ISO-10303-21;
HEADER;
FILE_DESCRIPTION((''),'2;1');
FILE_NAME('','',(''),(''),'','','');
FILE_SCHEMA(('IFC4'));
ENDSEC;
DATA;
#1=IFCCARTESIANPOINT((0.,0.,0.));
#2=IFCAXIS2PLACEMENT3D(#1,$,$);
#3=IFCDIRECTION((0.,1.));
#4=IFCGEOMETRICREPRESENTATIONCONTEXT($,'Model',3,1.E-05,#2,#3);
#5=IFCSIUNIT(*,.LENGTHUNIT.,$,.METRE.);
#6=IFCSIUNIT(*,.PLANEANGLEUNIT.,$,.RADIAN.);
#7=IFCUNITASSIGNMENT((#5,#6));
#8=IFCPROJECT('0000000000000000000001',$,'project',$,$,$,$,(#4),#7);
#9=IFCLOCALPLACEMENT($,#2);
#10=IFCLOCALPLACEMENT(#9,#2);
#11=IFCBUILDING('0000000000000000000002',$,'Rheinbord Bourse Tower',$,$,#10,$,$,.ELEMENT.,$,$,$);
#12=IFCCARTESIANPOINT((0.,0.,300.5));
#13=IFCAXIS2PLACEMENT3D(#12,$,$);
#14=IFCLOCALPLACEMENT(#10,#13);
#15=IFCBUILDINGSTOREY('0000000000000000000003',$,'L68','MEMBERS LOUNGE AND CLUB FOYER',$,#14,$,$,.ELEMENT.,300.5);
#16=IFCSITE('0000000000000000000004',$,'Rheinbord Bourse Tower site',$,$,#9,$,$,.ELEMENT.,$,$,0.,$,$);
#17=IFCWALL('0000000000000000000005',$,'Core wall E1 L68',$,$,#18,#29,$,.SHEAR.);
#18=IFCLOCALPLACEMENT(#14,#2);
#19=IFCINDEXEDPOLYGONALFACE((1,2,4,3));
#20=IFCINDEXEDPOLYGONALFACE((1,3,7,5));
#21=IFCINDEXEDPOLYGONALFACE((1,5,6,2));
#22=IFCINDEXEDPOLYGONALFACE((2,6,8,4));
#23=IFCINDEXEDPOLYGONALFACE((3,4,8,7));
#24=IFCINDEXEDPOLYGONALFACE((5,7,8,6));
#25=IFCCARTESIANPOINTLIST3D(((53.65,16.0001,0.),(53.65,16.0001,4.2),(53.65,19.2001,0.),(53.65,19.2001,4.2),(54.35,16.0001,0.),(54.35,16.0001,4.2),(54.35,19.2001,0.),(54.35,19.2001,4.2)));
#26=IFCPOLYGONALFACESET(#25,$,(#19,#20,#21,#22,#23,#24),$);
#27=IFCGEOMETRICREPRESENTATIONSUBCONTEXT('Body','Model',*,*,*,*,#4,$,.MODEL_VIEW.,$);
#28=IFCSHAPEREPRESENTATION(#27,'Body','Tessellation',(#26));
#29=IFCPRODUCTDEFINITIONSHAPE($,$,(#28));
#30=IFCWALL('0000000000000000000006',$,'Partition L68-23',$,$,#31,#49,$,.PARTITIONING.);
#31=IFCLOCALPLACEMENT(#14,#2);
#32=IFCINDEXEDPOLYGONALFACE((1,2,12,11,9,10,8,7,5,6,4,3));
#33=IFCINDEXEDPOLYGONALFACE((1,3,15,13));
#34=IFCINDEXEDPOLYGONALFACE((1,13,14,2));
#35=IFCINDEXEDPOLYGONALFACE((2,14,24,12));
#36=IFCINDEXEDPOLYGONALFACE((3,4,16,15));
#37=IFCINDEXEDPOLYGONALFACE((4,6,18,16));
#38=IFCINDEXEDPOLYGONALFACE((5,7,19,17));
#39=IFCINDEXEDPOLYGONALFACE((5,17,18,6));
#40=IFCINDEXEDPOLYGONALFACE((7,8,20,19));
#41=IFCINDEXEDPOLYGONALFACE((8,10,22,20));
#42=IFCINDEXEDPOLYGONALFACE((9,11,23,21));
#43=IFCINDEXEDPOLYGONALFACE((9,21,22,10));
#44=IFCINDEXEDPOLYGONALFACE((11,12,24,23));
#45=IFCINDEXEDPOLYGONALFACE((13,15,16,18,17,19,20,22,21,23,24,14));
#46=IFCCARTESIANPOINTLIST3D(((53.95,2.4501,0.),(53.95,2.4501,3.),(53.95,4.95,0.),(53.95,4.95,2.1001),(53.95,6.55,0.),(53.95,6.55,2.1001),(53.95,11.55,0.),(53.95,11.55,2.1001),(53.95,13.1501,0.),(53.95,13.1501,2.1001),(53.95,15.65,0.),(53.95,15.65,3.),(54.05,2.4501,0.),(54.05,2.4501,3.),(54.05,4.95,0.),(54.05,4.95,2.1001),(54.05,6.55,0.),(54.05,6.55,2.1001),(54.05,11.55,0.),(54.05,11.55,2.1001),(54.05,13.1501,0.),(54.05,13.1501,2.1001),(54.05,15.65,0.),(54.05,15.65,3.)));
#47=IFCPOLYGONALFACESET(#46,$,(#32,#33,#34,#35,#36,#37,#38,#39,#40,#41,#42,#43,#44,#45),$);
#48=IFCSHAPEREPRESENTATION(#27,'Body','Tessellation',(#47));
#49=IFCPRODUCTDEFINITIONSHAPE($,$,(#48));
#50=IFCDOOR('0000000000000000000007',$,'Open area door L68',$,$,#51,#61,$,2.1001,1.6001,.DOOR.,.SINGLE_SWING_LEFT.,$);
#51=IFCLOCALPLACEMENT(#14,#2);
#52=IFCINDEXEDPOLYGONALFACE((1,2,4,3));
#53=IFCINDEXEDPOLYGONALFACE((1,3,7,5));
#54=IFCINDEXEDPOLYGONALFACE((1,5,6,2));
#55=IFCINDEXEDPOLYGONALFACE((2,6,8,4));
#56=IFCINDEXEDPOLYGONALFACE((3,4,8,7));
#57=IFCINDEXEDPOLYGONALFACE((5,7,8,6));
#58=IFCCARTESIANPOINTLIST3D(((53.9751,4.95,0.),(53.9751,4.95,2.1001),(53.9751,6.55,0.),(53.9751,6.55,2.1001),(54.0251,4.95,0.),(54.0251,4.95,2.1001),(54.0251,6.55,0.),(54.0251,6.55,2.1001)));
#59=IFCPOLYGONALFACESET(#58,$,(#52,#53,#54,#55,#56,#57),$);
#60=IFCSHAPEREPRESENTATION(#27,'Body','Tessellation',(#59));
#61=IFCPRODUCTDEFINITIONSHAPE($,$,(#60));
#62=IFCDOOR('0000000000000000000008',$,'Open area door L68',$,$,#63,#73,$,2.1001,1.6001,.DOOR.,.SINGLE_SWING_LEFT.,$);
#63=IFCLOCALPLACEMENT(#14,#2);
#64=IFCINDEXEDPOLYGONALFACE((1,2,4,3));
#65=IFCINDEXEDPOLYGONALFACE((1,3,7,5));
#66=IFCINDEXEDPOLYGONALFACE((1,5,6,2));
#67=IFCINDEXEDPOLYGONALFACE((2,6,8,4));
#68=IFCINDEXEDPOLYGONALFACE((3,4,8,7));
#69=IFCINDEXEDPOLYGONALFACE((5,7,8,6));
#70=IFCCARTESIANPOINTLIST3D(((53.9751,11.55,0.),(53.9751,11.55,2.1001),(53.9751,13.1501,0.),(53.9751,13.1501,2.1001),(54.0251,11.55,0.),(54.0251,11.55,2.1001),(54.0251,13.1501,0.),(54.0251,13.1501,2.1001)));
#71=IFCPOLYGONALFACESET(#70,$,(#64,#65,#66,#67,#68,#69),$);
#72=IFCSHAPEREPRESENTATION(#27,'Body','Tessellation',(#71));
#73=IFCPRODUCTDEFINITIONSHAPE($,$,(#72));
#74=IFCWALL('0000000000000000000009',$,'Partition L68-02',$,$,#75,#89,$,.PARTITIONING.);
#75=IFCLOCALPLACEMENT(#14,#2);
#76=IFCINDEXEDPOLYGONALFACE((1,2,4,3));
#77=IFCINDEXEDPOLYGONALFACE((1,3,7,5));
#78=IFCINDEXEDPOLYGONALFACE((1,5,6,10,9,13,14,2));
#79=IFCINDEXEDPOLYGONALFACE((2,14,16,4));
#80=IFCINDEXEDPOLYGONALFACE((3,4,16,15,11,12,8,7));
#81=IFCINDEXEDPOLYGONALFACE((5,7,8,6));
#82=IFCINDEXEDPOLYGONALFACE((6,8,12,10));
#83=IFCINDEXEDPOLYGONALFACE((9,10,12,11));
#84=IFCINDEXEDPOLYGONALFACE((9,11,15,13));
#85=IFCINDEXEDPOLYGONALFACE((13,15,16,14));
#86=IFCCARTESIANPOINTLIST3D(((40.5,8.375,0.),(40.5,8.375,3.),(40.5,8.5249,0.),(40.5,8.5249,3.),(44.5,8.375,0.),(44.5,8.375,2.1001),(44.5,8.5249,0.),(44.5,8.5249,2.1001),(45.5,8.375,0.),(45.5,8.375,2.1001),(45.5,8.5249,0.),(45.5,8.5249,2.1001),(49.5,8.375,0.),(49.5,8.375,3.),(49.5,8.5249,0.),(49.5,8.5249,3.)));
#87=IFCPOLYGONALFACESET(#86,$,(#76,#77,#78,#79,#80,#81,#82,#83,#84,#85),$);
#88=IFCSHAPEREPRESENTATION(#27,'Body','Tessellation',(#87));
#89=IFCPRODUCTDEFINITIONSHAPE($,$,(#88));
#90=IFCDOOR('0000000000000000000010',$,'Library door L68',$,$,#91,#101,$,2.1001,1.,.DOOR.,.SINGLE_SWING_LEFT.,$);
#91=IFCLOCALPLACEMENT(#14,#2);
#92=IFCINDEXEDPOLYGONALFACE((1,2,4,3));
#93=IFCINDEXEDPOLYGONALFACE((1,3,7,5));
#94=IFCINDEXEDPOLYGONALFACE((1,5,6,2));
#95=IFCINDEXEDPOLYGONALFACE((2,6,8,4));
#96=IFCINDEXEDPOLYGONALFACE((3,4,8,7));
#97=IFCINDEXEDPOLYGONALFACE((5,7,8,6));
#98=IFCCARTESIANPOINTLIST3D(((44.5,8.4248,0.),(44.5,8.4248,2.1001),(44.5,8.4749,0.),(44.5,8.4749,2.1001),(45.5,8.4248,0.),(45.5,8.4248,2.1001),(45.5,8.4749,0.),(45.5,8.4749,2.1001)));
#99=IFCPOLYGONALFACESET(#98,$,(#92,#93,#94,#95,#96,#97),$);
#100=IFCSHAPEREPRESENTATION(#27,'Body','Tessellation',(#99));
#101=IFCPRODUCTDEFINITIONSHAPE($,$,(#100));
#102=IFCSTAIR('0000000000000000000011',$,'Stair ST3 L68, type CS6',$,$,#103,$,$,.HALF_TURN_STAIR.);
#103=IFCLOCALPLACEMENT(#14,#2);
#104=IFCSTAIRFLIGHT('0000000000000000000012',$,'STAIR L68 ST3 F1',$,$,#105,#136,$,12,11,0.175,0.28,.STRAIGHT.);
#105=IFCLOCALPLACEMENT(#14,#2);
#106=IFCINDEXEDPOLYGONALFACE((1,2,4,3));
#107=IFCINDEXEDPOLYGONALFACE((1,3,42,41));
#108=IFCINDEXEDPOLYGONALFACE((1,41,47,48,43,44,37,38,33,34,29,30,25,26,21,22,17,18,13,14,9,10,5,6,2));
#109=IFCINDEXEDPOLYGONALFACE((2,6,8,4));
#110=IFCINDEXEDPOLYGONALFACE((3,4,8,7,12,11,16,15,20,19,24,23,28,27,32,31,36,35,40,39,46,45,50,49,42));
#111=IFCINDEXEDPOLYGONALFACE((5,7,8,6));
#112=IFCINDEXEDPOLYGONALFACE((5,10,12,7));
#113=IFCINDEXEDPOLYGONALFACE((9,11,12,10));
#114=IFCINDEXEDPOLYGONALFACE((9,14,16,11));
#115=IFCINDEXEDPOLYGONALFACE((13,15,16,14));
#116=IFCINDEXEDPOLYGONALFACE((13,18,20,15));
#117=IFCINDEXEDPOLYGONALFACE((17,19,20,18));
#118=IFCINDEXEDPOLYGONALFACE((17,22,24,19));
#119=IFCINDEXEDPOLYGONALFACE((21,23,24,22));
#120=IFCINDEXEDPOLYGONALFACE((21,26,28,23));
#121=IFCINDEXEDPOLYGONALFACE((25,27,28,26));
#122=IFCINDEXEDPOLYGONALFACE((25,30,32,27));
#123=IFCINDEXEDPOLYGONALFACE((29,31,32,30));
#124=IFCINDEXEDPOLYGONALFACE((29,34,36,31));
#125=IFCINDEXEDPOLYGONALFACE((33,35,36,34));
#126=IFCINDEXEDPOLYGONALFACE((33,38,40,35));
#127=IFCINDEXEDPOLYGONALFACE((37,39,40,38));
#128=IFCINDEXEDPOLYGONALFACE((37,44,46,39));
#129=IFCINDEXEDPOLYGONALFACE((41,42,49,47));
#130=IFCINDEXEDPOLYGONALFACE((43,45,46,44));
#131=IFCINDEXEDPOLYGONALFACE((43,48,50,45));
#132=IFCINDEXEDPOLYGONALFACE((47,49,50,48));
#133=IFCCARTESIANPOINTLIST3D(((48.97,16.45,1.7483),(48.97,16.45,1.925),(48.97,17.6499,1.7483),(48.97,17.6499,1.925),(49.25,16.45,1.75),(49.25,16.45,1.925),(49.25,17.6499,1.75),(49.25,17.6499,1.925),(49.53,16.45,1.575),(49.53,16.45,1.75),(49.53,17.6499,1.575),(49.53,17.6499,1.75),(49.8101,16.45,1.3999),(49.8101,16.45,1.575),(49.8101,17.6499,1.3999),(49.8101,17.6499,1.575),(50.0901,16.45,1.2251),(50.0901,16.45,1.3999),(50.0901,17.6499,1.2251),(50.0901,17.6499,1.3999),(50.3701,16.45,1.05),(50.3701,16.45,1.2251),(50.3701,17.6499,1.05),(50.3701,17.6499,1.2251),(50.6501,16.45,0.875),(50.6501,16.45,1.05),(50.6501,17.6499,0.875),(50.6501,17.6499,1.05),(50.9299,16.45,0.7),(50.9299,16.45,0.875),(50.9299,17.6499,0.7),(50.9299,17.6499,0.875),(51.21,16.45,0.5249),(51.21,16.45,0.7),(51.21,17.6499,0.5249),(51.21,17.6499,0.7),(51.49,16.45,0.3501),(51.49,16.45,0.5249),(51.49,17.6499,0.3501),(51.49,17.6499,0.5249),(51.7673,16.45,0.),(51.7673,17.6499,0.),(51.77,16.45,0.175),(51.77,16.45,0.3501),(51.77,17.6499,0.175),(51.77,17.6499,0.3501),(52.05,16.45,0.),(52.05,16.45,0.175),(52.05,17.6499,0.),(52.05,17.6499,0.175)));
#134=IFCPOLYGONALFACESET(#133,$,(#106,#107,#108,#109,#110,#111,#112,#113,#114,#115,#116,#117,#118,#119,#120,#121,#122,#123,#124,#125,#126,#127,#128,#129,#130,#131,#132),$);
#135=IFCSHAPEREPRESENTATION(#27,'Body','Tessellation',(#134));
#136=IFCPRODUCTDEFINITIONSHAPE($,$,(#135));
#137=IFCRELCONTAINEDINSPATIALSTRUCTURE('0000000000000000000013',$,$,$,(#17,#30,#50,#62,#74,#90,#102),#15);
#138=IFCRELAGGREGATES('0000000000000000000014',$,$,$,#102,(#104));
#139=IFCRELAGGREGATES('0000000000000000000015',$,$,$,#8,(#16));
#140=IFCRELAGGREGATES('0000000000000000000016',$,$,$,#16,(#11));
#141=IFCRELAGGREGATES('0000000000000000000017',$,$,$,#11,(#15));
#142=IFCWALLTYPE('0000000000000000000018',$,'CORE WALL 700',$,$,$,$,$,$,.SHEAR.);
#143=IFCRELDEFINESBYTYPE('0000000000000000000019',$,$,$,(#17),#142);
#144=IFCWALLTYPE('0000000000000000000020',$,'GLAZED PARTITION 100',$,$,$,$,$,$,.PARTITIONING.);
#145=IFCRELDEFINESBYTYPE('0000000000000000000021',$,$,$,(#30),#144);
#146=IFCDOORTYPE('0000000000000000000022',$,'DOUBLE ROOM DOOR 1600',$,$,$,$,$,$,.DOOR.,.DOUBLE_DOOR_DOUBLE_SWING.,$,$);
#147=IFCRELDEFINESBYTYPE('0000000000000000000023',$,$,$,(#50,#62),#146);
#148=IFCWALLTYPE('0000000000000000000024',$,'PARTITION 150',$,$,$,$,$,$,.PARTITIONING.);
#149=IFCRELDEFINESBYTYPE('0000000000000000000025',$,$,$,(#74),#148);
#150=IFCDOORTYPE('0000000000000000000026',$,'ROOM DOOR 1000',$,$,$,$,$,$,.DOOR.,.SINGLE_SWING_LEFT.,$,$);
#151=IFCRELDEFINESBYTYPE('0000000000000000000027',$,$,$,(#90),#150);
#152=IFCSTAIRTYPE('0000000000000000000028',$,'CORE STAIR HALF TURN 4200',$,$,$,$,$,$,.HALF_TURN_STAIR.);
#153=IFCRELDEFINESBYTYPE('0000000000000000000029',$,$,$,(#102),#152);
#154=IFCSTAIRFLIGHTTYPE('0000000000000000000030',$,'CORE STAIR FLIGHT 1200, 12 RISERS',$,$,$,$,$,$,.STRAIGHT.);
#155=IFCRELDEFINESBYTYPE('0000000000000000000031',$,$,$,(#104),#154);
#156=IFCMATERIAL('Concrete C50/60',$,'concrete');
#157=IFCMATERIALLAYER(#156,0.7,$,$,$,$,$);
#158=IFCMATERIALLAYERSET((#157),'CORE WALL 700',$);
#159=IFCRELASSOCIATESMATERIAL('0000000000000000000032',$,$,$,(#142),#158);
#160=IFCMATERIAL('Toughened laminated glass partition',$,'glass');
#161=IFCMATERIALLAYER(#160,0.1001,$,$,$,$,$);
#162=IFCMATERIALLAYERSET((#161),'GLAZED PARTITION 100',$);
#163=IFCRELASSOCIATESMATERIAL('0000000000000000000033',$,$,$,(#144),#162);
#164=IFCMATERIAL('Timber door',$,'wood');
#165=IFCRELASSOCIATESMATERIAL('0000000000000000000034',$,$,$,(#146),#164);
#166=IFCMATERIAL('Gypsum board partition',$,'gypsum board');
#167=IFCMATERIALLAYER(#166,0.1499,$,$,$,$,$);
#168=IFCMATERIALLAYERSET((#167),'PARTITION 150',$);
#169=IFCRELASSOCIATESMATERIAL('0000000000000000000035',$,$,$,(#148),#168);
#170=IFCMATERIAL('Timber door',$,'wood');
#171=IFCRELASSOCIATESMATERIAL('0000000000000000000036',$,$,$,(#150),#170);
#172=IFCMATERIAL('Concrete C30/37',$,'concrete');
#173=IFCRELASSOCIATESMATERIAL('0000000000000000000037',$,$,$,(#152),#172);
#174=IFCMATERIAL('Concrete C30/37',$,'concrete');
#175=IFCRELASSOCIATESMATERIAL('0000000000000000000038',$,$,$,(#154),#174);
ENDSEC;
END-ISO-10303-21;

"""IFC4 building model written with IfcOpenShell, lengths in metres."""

from ifc_helpers import new_model, si_unit, direction, frame, frame_2d, origin, place, context, subcontext, project, spatial, polyline, rectangle, outline, extrude, material, layer, layer_set, type_object, element, fill, aggregate, save


model = new_model("IFC4")

# Units and contexts
model_context = context("Model", 3, precision=1e-05, world=origin(), true_north=direction((0.0, 1.0)))
body_context = subcontext(model_context, "Body", "Model", "MODEL_VIEW")
ifc_project = project(units=[si_unit("LENGTHUNIT", "METRE"), si_unit("PLANEANGLEUNIT", "RADIAN")], contexts=[model_context])

# Site, building, storey
site_placement = place(None, origin())
site = spatial("IfcSite", under=ifc_project, at=site_placement, Name="Rheinbord Bourse Tower site", CompositionType="ELEMENT", RefElevation=0.0)
building_placement = place(site_placement, origin())
building = spatial("IfcBuilding", under=site, at=building_placement, Name="Rheinbord Bourse Tower", CompositionType="ELEMENT")
storey_placement = place(building_placement, frame((0.0, 0.0, 300.5)))
storey = spatial("IfcBuildingStorey", under=building, at=storey_placement, Name="L68", Description="MEMBERS LOUNGE AND CLUB FOYER", CompositionType="ELEMENT", Elevation=300.5)

# Wall
ifc_material_1 = material(Name="Concrete C50/60", Category="concrete")
ifc_layer_1 = layer(ifc_material_1, 0.7)
ifc_layer_set_1 = layer_set([ifc_layer_1], Name="CORE WALL 700")
wall_type_1 = type_object("IfcWallType", Name="CORE WALL 700", PredefinedType="SHEAR", material=ifc_layer_set_1)
wall_1_placement = place(storey_placement, frame((54.0, 16.0, 0.0), z_axis=(0.0, 0.0, 1.0), x_axis=(0.0, 1.0, 0.0)))
element("IfcWall", 1, at=wall_1_placement, inside=storey, type_object=wall_type_1, Name="Core wall E1 L68", PredefinedType="SHEAR", context=body_context, shape_type="SweptSolid", body=[
    extrude(rectangle(XDim=3.2, YDim=0.7, at=frame_2d((1.6001, 0.0))), origin(), (0.0, 0.0, 1.0), 4.2),
])

# Wall, openings, doors
ifc_material_2 = material(Name="Toughened laminated glass partition", Category="glass")
ifc_layer_2 = layer(ifc_material_2, 0.1001)
ifc_layer_set_2 = layer_set([ifc_layer_2], Name="GLAZED PARTITION 100")
wall_type_2 = type_object("IfcWallType", Name="GLAZED PARTITION 100", PredefinedType="PARTITIONING", material=ifc_layer_set_2)
wall_2_placement = place(storey_placement, frame((54.0, 2.45, 0.0), z_axis=(0.0, 0.0, 1.0), x_axis=(0.0, 1.0, 0.0)))
wall_2 = element("IfcWall", 2, at=wall_2_placement, inside=storey, type_object=wall_type_2, Name="Partition L68-23", PredefinedType="PARTITIONING", context=body_context, shape_type="SweptSolid", body=[
    extrude(rectangle(XDim=13.2, YDim=0.1001, at=frame_2d((6.6001, 0.0))), origin(), (0.0, 0.0, 1.0), 3.0),
])
opening_1_placement = place(wall_2_placement, frame((2.5, 0.0, 0.0)))
opening_1 = element("IfcOpeningElement", 3, at=opening_1_placement, cuts=wall_2, PredefinedType="OPENING", context=body_context, shape_type="SweptSolid", body=[
    extrude(rectangle(XDim=1.6001, YDim=2.1001, at=frame_2d((0.8, 1.05))), frame((0.0, 0.0601, 0.0), z_axis=(0.0, -1.0, 0.0), x_axis=(1.0, 0.0, 0.0)), (0.0, 0.0, 1.0), 0.1201),
])
opening_2_placement = place(wall_2_placement, frame((9.1001, 0.0, 0.0)))
opening_2 = element("IfcOpeningElement", 4, at=opening_2_placement, cuts=wall_2, PredefinedType="OPENING", context=body_context, shape_type="SweptSolid", body=[
    extrude(rectangle(XDim=1.6001, YDim=2.1001, at=frame_2d((0.8, 1.05))), frame((0.0, 0.0601, 0.0), z_axis=(0.0, -1.0, 0.0), x_axis=(1.0, 0.0, 0.0)), (0.0, 0.0, 1.0), 0.1201),
])
ifc_material_3 = material(Name="Timber door", Category="wood")
door_type_1 = type_object("IfcDoorType", Name="DOUBLE ROOM DOOR 1600", OperationType="DOUBLE_DOOR_DOUBLE_SWING", PredefinedType="DOOR", material=ifc_material_3)
door_1_placement = place(opening_1_placement, origin())
door_1 = element("IfcDoor", 5, at=door_1_placement, inside=storey, type_object=door_type_1, Name="Open area door L68", OperationType="SINGLE_SWING_LEFT", OverallHeight=2.1001, OverallWidth=1.6001, PredefinedType="DOOR", context=body_context, shape_type="SweptSolid", body=[
    extrude(rectangle(XDim=1.6001, YDim=2.1001, at=frame_2d((0.8, 1.05))), frame((0.0, 0.0249, 0.0), z_axis=(0.0, -1.0, 0.0), x_axis=(1.0, 0.0, 0.0)), (0.0, 0.0, 1.0), 0.05),
])
fill(opening_1, door_1)
door_2_placement = place(opening_2_placement, origin())
door_2 = element("IfcDoor", 6, at=door_2_placement, inside=storey, type_object=door_type_1, Name="Open area door L68", OperationType="SINGLE_SWING_LEFT", OverallHeight=2.1001, OverallWidth=1.6001, PredefinedType="DOOR", context=body_context, shape_type="SweptSolid", body=[
    extrude(rectangle(XDim=1.6001, YDim=2.1001, at=frame_2d((0.8, 1.05))), frame((0.0, 0.0249, 0.0), z_axis=(0.0, -1.0, 0.0), x_axis=(1.0, 0.0, 0.0)), (0.0, 0.0, 1.0), 0.05),
])
fill(opening_2, door_2)

# Wall, opening, door
ifc_material_4 = material(Name="Gypsum board partition", Category="gypsum board")
ifc_layer_3 = layer(ifc_material_4, 0.1499)
ifc_layer_set_3 = layer_set([ifc_layer_3], Name="PARTITION 150")
wall_type_3 = type_object("IfcWallType", Name="PARTITION 150", PredefinedType="PARTITIONING", material=ifc_layer_set_3)
wall_3_placement = place(storey_placement, frame((40.5, 8.45, 0.0), z_axis=(0.0, 0.0, 1.0), x_axis=(1.0, 0.0, 0.0)))
wall_3 = element("IfcWall", 7, at=wall_3_placement, inside=storey, type_object=wall_type_3, Name="Partition L68-02", PredefinedType="PARTITIONING", context=body_context, shape_type="SweptSolid", body=[
    extrude(rectangle(XDim=9.0, YDim=0.1499, at=frame_2d((4.5, 0.0))), origin(), (0.0, 0.0, 1.0), 3.0),
])
opening_3_placement = place(wall_3_placement, frame((4.0, 0.0, 0.0)))
opening_3 = element("IfcOpeningElement", 8, at=opening_3_placement, cuts=wall_3, PredefinedType="OPENING", context=body_context, shape_type="SweptSolid", body=[
    extrude(rectangle(XDim=1.0, YDim=2.1001, at=frame_2d((0.5, 1.05))), frame((0.0, 0.085, 0.0), z_axis=(0.0, -1.0, 0.0), x_axis=(1.0, 0.0, 0.0)), (0.0, 0.0, 1.0), 0.1699),
])
ifc_material_5 = material(Name="Timber door", Category="wood")
door_type_2 = type_object("IfcDoorType", Name="ROOM DOOR 1000", OperationType="SINGLE_SWING_LEFT", PredefinedType="DOOR", material=ifc_material_5)
door_3_placement = place(opening_3_placement, origin())
door_3 = element("IfcDoor", 9, at=door_3_placement, inside=storey, type_object=door_type_2, Name="Library door L68", OperationType="SINGLE_SWING_LEFT", OverallHeight=2.1001, OverallWidth=1.0, PredefinedType="DOOR", context=body_context, shape_type="SweptSolid", body=[
    extrude(rectangle(XDim=1.0, YDim=2.1001, at=frame_2d((0.5, 1.05))), frame((0.0, 0.0249, 0.0), z_axis=(0.0, -1.0, 0.0), x_axis=(1.0, 0.0, 0.0)), (0.0, 0.0, 1.0), 0.05),
])
fill(opening_3, door_3)

# Stair, stair flight
ifc_material_6 = material(Name="Concrete C30/37", Category="concrete")
stair_type = type_object("IfcStairType", Name="CORE STAIR HALF TURN 4200", PredefinedType="HALF_TURN_STAIR", material=ifc_material_6)
stair_placement = place(storey_placement, origin())
stair = element("IfcStair", 10, at=stair_placement, inside=storey, type_object=stair_type, Name="Stair ST3 L68, type CS6", PredefinedType="HALF_TURN_STAIR")
ifc_material_7 = material(Name="Concrete C30/37", Category="concrete")
stair_flight_type = type_object("IfcStairFlightType", Name="CORE STAIR FLIGHT 1200, 12 RISERS", PredefinedType="STRAIGHT", material=ifc_material_7)
stair_flight_placement = place(storey_placement, frame((52.05, 17.05, 0.0), z_axis=(0.0, 0.0, 1.0), x_axis=(-1.0, 0.0, 0.0)))
stair_flight = element("IfcStairFlight", 11, at=stair_flight_placement, type_object=stair_flight_type, Name="STAIR L68 ST3 F1", NumberOfRisers=12, NumberOfTreads=11, PredefinedType="STRAIGHT", RiserHeight=0.175, TreadLength=0.28, context=body_context, shape_type="SweptSolid", body=[
    extrude(outline(polyline([(0.0, 0.0), (0.0, 0.175), (0.28, 0.175), (0.28, 0.3501), (0.5601, 0.3501), (0.5601, 0.5249), (0.8401, 0.5249), (0.8401, 0.7), (1.1201, 0.7), (1.1201, 0.875), (1.3999, 0.875), (1.3999, 1.05), (1.6799, 1.05), (1.6799, 1.2251), (1.96, 1.2251), (1.96, 1.3999), (2.24, 1.3999), (2.24, 1.575), (2.52, 1.575), (2.52, 1.75), (2.8, 1.75), (2.8, 1.925), (3.0801, 1.925), (3.0801, 2.1001), (3.0801, 1.7483), (0.2827, 0.0), (0.0, 0.0)])), frame((0.0, 0.6001, 0.0), z_axis=(0.0, -1.0, 0.0), x_axis=(1.0, 0.0, 0.0)), (0.0, 0.0, 1.0), 1.2),
])
aggregate(stair, [stair_flight])

save(model, "model.ifc")
